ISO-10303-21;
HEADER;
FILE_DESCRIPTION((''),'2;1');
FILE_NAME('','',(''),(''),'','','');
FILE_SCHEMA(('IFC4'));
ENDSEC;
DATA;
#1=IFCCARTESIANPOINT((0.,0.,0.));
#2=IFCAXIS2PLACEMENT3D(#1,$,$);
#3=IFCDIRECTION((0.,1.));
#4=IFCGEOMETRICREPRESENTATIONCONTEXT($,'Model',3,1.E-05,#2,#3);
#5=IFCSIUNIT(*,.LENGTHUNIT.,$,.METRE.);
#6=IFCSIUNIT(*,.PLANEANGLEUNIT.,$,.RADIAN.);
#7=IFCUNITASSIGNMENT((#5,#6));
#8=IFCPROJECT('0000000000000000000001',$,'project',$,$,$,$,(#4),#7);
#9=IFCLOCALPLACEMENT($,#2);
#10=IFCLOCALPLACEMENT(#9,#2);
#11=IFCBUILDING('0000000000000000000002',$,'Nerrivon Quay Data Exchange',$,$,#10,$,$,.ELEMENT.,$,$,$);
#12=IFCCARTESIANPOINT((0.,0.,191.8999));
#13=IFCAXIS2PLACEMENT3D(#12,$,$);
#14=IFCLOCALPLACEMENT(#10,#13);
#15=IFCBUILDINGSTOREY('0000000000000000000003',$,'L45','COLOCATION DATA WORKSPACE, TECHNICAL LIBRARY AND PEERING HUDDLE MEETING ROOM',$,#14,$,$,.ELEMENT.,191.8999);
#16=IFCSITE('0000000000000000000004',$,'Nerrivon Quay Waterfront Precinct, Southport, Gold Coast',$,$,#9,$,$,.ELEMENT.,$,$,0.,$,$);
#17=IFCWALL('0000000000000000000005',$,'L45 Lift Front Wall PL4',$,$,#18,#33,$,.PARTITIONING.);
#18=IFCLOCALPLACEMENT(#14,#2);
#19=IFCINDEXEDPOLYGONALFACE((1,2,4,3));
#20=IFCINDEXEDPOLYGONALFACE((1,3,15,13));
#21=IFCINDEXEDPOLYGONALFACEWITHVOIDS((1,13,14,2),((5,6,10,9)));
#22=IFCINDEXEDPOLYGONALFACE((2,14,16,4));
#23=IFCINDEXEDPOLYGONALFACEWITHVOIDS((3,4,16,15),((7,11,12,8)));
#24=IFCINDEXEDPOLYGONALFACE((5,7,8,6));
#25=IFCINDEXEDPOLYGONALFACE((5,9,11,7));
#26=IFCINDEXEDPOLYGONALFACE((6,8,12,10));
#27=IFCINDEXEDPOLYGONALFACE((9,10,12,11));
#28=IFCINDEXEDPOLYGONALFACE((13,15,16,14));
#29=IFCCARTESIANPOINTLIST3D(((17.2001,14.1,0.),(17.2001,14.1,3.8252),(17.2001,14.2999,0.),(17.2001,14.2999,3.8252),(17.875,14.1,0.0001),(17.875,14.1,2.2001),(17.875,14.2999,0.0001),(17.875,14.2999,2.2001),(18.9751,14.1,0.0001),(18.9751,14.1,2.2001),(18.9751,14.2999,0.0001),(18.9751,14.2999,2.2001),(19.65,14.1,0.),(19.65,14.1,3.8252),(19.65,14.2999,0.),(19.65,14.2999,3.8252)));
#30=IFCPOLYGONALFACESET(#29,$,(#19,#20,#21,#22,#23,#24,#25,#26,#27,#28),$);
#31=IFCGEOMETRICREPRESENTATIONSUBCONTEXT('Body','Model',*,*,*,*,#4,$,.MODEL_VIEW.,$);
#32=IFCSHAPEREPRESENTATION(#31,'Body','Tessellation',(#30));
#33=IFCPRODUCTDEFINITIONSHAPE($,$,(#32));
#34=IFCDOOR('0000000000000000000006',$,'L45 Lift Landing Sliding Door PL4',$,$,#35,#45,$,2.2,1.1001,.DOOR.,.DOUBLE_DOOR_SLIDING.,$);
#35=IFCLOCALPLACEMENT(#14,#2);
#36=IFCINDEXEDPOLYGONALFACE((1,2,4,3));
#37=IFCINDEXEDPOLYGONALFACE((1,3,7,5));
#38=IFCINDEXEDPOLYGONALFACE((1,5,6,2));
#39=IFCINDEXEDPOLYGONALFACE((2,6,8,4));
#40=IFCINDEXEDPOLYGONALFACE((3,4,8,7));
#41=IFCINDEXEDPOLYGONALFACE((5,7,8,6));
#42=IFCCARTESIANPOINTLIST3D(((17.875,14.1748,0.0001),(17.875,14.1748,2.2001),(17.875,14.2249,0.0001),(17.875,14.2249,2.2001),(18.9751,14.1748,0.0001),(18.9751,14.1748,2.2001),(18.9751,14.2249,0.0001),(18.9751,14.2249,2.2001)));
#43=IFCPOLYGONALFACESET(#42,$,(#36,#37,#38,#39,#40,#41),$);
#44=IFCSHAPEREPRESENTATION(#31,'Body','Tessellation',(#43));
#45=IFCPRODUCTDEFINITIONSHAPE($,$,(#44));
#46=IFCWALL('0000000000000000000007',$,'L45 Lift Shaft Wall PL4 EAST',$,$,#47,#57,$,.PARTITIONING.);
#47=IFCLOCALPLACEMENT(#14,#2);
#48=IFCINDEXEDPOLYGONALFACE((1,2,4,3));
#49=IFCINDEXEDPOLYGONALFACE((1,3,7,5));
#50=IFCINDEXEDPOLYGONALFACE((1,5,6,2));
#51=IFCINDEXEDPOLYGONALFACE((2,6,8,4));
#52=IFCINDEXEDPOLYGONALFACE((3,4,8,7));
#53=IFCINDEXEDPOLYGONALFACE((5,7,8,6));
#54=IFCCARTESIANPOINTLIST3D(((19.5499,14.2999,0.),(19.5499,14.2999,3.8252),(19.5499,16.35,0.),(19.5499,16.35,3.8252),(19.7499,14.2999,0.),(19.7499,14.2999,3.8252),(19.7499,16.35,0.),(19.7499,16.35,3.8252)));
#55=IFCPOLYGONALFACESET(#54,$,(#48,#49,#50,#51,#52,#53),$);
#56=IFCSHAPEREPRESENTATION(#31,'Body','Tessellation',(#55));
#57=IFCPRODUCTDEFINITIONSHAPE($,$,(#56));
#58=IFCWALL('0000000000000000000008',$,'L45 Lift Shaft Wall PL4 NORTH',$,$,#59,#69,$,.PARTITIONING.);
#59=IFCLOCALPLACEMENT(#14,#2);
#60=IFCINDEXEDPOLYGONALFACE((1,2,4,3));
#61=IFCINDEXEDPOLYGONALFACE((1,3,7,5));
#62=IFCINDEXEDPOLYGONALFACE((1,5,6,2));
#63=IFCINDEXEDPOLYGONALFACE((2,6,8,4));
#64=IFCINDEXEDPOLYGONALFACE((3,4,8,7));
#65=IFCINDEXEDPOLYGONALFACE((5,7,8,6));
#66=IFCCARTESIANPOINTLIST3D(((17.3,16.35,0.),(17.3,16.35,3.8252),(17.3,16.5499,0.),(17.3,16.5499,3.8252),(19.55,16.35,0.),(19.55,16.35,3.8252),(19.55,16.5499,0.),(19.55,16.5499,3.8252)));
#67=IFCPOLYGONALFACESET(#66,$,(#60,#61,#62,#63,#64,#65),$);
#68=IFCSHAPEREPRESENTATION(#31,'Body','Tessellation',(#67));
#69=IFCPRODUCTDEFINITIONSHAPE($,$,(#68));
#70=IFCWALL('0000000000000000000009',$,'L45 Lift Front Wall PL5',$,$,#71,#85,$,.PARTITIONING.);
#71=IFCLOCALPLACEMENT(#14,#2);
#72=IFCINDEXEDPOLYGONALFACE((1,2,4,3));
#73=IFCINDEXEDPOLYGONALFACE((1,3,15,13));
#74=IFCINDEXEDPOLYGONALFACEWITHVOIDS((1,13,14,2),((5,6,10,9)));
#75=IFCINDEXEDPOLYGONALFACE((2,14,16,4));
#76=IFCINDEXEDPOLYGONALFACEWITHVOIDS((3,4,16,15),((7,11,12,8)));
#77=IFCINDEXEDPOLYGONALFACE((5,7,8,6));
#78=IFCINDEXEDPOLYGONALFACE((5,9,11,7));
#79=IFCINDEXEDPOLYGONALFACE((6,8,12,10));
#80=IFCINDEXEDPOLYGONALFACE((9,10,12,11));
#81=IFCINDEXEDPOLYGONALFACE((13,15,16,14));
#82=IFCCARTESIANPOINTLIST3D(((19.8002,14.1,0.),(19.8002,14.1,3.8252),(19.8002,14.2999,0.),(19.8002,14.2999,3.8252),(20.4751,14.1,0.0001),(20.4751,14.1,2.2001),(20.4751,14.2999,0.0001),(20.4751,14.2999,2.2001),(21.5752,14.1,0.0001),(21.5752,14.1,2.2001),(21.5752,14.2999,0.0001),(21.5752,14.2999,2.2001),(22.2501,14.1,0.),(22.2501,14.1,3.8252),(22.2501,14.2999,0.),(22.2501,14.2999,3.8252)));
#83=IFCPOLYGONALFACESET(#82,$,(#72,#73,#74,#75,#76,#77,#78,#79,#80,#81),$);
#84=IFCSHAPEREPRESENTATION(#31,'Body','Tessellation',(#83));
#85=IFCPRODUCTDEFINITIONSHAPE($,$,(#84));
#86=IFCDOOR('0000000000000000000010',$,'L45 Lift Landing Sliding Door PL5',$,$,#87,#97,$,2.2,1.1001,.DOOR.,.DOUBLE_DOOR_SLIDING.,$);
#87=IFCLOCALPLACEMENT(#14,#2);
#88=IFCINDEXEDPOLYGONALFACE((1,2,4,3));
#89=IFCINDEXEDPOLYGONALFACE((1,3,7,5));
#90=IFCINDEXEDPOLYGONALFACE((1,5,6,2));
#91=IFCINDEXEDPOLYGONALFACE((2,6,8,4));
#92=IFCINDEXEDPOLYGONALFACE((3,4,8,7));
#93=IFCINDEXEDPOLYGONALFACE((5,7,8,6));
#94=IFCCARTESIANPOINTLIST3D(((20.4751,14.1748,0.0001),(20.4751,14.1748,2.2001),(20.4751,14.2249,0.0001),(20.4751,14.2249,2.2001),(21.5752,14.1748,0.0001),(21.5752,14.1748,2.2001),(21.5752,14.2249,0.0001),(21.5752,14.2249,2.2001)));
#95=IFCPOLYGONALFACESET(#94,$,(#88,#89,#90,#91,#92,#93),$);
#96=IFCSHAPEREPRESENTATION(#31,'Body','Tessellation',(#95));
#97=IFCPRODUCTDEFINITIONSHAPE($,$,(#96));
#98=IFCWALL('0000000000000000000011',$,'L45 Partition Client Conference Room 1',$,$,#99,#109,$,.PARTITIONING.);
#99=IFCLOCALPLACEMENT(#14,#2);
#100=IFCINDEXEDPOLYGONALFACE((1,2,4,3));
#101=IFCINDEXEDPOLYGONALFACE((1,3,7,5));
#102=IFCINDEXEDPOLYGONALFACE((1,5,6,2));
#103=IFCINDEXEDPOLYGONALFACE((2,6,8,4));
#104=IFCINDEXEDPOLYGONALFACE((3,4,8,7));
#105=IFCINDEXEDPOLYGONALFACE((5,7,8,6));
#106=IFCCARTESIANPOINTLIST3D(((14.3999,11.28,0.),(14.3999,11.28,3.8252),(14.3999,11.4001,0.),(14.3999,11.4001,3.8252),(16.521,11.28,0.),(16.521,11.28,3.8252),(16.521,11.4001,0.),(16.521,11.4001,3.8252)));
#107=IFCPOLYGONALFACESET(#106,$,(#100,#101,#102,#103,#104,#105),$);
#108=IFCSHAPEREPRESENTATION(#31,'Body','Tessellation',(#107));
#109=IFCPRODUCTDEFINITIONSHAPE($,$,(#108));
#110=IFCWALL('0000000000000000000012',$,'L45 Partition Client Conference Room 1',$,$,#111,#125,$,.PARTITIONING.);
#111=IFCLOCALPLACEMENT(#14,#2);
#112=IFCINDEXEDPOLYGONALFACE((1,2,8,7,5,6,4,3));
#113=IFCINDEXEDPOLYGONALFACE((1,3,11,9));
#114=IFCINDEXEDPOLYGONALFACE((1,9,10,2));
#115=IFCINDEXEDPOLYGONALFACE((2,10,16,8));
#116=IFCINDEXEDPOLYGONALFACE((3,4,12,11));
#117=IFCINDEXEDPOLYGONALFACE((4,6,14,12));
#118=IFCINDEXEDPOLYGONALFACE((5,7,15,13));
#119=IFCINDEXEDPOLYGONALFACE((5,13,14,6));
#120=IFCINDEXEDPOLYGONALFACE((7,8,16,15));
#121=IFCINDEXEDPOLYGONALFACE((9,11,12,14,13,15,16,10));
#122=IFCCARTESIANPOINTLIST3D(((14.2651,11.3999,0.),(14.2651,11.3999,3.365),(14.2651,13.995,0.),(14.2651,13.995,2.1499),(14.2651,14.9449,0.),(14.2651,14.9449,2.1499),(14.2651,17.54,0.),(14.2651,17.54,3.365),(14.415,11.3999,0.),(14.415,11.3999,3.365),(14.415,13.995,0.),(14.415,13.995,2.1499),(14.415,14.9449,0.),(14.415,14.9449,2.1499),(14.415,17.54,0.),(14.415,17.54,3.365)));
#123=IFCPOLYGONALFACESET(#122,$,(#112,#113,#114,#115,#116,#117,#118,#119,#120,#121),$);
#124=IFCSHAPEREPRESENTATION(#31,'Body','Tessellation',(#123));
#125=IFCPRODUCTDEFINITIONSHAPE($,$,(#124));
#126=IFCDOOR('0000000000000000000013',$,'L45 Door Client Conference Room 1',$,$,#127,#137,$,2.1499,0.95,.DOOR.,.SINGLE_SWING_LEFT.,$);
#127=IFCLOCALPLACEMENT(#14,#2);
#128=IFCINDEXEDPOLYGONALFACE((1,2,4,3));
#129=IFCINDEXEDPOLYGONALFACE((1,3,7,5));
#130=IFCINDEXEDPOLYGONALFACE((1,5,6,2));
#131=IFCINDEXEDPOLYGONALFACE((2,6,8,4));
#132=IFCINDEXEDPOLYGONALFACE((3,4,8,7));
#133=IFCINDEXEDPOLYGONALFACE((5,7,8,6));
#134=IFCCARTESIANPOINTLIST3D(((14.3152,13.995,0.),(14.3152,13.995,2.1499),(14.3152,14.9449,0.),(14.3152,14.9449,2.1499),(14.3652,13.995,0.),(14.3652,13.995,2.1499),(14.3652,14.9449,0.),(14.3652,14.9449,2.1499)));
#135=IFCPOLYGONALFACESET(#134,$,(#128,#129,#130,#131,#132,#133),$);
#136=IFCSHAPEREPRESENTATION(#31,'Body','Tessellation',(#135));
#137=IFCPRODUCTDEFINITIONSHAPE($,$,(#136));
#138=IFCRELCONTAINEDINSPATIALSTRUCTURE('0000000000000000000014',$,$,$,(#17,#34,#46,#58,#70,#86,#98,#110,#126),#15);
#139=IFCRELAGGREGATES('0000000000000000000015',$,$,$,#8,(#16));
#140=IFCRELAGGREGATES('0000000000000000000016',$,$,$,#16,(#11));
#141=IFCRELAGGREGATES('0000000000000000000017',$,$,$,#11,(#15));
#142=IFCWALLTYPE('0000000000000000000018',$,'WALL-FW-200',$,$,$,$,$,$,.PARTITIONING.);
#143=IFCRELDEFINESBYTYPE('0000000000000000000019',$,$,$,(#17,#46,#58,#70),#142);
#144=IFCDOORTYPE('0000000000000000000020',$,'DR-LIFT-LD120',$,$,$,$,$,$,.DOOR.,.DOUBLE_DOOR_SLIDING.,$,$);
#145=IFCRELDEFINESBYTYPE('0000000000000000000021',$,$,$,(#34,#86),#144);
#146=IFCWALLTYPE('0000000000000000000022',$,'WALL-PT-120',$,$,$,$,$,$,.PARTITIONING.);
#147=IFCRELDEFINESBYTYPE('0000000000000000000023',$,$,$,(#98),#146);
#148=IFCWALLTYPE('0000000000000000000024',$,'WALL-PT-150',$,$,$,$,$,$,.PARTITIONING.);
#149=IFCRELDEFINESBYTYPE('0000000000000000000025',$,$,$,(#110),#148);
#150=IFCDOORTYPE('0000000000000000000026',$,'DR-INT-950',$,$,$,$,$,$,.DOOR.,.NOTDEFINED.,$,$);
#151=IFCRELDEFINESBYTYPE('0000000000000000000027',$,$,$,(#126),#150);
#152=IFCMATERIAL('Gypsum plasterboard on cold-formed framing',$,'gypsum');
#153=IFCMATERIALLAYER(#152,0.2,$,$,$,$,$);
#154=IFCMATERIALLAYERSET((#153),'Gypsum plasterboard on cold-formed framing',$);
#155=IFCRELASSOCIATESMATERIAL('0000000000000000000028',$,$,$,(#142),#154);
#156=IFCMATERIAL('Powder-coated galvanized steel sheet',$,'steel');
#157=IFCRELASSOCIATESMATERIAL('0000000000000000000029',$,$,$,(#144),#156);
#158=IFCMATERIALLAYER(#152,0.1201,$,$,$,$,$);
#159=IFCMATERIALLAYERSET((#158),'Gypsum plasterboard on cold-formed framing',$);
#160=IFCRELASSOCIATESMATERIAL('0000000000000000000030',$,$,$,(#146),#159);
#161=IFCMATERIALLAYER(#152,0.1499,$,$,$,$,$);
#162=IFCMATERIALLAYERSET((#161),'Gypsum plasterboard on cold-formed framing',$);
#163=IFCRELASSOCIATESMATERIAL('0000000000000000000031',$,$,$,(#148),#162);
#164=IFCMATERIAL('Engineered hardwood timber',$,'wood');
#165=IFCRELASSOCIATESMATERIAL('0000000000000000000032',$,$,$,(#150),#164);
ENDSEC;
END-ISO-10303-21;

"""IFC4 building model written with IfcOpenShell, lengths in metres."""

from ifc_helpers import new_model, si_unit, direction, frame, frame_2d, origin, place, context, subcontext, project, spatial, rectangle, extrude, material, layer, layer_set, type_object, element, fill, save


model = new_model("IFC4")

# Units and contexts
model_context = context("Model", 3, precision=1e-05, world=origin(), true_north=direction((0.0, 1.0)))
body_context = subcontext(model_context, "Body", "Model", "MODEL_VIEW")
ifc_project = project(units=[si_unit("LENGTHUNIT", "METRE"), si_unit("PLANEANGLEUNIT", "RADIAN")], contexts=[model_context])

# Site, building, storey
site_placement = place(None, origin())
site = spatial("IfcSite", under=ifc_project, at=site_placement, Name="Nerrivon Quay Waterfront Precinct, Southport, Gold Coast", CompositionType="ELEMENT", RefElevation=0.0)
building_placement = place(site_placement, origin())
building = spatial("IfcBuilding", under=site, at=building_placement, Name="Nerrivon Quay Data Exchange", CompositionType="ELEMENT")
storey_placement = place(building_placement, frame((0.0, 0.0, 191.8999)))
storey = spatial("IfcBuildingStorey", under=building, at=storey_placement, Name="L45", Description="COLOCATION DATA WORKSPACE, TECHNICAL LIBRARY AND PEERING HUDDLE MEETING ROOM", CompositionType="ELEMENT", Elevation=191.8999)

# Shared definitions
ifc_material_1 = material(Name="Powder-coated galvanized steel sheet", Category="steel")
ifc_material_2 = material(Name="Gypsum plasterboard on cold-formed framing", Category="gypsum")
ifc_layer_1 = layer(ifc_material_2, 0.2)
ifc_layer_set_1 = layer_set([ifc_layer_1], Name="Gypsum plasterboard on cold-formed framing")
wall_type_1 = type_object("IfcWallType", Name="WALL-FW-200", PredefinedType="PARTITIONING", material=ifc_layer_set_1)
door_type_1 = type_object("IfcDoorType", Name="DR-LIFT-LD120", OperationType="DOUBLE_DOOR_SLIDING", PredefinedType="DOOR", material=ifc_material_1)

# Wall, opening, door
wall_1_placement = place(storey_placement, frame((17.2, 14.2, 0.0), z_axis=(0.0, 0.0, 1.0), x_axis=(1.0, 0.0, 0.0)))
wall_1 = element("IfcWall", 1, at=wall_1_placement, inside=storey, type_object=wall_type_1, Name="L45 Lift Front Wall PL4", PredefinedType="PARTITIONING", context=body_context, shape_type="SweptSolid", body=[
    extrude(rectangle(XDim=2.45, YDim=0.2, at=frame_2d((1.2251, 0.0))), origin(), (0.0, 0.0, 1.0), 3.8252),
])
opening_1_placement = place(wall_1_placement, frame((0.675, 0.0, 0.0)))
opening_1 = element("IfcOpeningElement", 2, at=opening_1_placement, cuts=wall_1, PredefinedType="OPENING", context=body_context, shape_type="SweptSolid", body=[
    extrude(rectangle(XDim=1.1001, YDim=2.2, at=frame_2d((0.55, 1.1001))), frame((0.0, 0.1099, 0.0), z_axis=(0.0, -1.0, 0.0), x_axis=(1.0, 0.0, 0.0)), (0.0, 0.0, 1.0), 0.22),
])
door_1_placement = place(opening_1_placement, origin())
door_1 = element("IfcDoor", 3, at=door_1_placement, inside=storey, type_object=door_type_1, Name="L45 Lift Landing Sliding Door PL4", OperationType="DOUBLE_DOOR_SLIDING", OverallHeight=2.2, OverallWidth=1.1001, PredefinedType="DOOR", context=body_context, shape_type="SweptSolid", body=[
    extrude(rectangle(XDim=1.1001, YDim=2.2, at=frame_2d((0.55, 1.1001))), frame((0.0, 0.0249, 0.0), z_axis=(0.0, -1.0, 0.0), x_axis=(1.0, 0.0, 0.0)), (0.0, 0.0, 1.0), 0.05),
])
fill(opening_1, door_1)

# Walls
wall_2_placement = place(storey_placement, frame((19.6499, 14.3, 0.0), z_axis=(0.0, 0.0, 1.0), x_axis=(0.0, 1.0, 0.0)))
element("IfcWall", 4, at=wall_2_placement, inside=storey, type_object=wall_type_1, Name="L45 Lift Shaft Wall PL4 EAST", PredefinedType="PARTITIONING", context=body_context, shape_type="SweptSolid", body=[
    extrude(rectangle(XDim=2.05, YDim=0.2, at=frame_2d((1.0249, 0.0))), origin(), (0.0, 0.0, 1.0), 3.8252),
])
wall_3_placement = place(storey_placement, frame((17.3, 16.45, 0.0), z_axis=(0.0, 0.0, 1.0), x_axis=(1.0, 0.0, 0.0)))
element("IfcWall", 5, at=wall_3_placement, inside=storey, type_object=wall_type_1, Name="L45 Lift Shaft Wall PL4 NORTH", PredefinedType="PARTITIONING", context=body_context, shape_type="SweptSolid", body=[
    extrude(rectangle(XDim=2.25, YDim=0.2, at=frame_2d((1.125, 0.0))), origin(), (0.0, 0.0, 1.0), 3.8252),
])

# Wall, opening, door
wall_4_placement = place(storey_placement, frame((19.8, 14.2, 0.0), z_axis=(0.0, 0.0, 1.0), x_axis=(1.0, 0.0, 0.0)))
wall_4 = element("IfcWall", 6, at=wall_4_placement, inside=storey, type_object=wall_type_1, Name="L45 Lift Front Wall PL5", PredefinedType="PARTITIONING", context=body_context, shape_type="SweptSolid", body=[
    extrude(rectangle(XDim=2.45, YDim=0.2, at=frame_2d((1.2251, 0.0))), origin(), (0.0, 0.0, 1.0), 3.8252),
])
opening_2_placement = place(wall_4_placement, frame((0.675, 0.0, 0.0)))
opening_2 = element("IfcOpeningElement", 7, at=opening_2_placement, cuts=wall_4, PredefinedType="OPENING", context=body_context, shape_type="SweptSolid", body=[
    extrude(rectangle(XDim=1.1001, YDim=2.2, at=frame_2d((0.55, 1.1001))), frame((0.0, 0.1099, 0.0), z_axis=(0.0, -1.0, 0.0), x_axis=(1.0, 0.0, 0.0)), (0.0, 0.0, 1.0), 0.22),
])
door_2_placement = place(opening_2_placement, origin())
door_2 = element("IfcDoor", 8, at=door_2_placement, inside=storey, type_object=door_type_1, Name="L45 Lift Landing Sliding Door PL5", OperationType="DOUBLE_DOOR_SLIDING", OverallHeight=2.2, OverallWidth=1.1001, PredefinedType="DOOR", context=body_context, shape_type="SweptSolid", body=[
    extrude(rectangle(XDim=1.1001, YDim=2.2, at=frame_2d((0.55, 1.1001))), frame((0.0, 0.0249, 0.0), z_axis=(0.0, -1.0, 0.0), x_axis=(1.0, 0.0, 0.0)), (0.0, 0.0, 1.0), 0.05),
])
fill(opening_2, door_2)

# Wall
ifc_layer_2 = layer(ifc_material_2, 0.1201)
ifc_layer_set_2 = layer_set([ifc_layer_2], Name="Gypsum plasterboard on cold-formed framing")
wall_type_2 = type_object("IfcWallType", Name="WALL-PT-120", PredefinedType="PARTITIONING", material=ifc_layer_set_2)
wall_5_placement = place(storey_placement, frame((16.521, 11.3401, 0.0), z_axis=(0.0, 0.0, 1.0), x_axis=(-1.0, 0.0, 0.0)))
element("IfcWall", 9, at=wall_5_placement, inside=storey, type_object=wall_type_2, Name="L45 Partition Client Conference Room 1", PredefinedType="PARTITIONING", context=body_context, shape_type="SweptSolid", body=[
    extrude(rectangle(XDim=2.1211, YDim=0.1201, at=frame_2d((1.0605, 0.0))), origin(), (0.0, 0.0, 1.0), 3.8252),
])

# Wall, opening, door
ifc_layer_3 = layer(ifc_material_2, 0.1499)
ifc_layer_set_3 = layer_set([ifc_layer_3], Name="Gypsum plasterboard on cold-formed framing")
wall_type_3 = type_object("IfcWallType", Name="WALL-PT-150", PredefinedType="PARTITIONING", material=ifc_layer_set_3)
wall_6_placement = place(storey_placement, frame((14.3401, 11.3999, 0.0), z_axis=(0.0, 0.0, 1.0), x_axis=(0.0, 1.0, 0.0)))
wall_6 = element("IfcWall", 10, at=wall_6_placement, inside=storey, type_object=wall_type_3, Name="L45 Partition Client Conference Room 1", PredefinedType="PARTITIONING", context=body_context, shape_type="SweptSolid", body=[
    extrude(rectangle(XDim=6.1401, YDim=0.1499, at=frame_2d((3.0701, 0.0))), origin(), (0.0, 0.0, 1.0), 3.365),
])
opening_3_placement = place(wall_6_placement, frame((2.595, 0.0, 0.0)))
opening_3 = element("IfcOpeningElement", 11, at=opening_3_placement, cuts=wall_6, PredefinedType="OPENING", context=body_context, shape_type="SweptSolid", body=[
    extrude(rectangle(XDim=0.95, YDim=2.1499, at=frame_2d((0.4751, 1.075))), frame((0.0, 0.085, 0.0), z_axis=(0.0, -1.0, 0.0), x_axis=(1.0, 0.0, 0.0)), (0.0, 0.0, 1.0), 0.1699),
])
ifc_material_3 = material(Name="Engineered hardwood timber", Category="wood")
door_type_2 = type_object("IfcDoorType", Name="DR-INT-950", OperationType="NOTDEFINED", PredefinedType="DOOR", material=ifc_material_3)
door_3_placement = place(opening_3_placement, origin())
door_3 = element("IfcDoor", 12, at=door_3_placement, inside=storey, type_object=door_type_2, Name="L45 Door Client Conference Room 1", OperationType="SINGLE_SWING_LEFT", OverallHeight=2.1499, OverallWidth=0.95, PredefinedType="DOOR", context=body_context, shape_type="SweptSolid", body=[
    extrude(rectangle(XDim=0.95, YDim=2.1499, at=frame_2d((0.4751, 1.075))), frame((0.0, 0.0249, 0.0), z_axis=(0.0, -1.0, 0.0), x_axis=(1.0, 0.0, 0.0)), (0.0, 0.0, 1.0), 0.05),
])
fill(opening_3, door_3)

save(model, "model.ifc")
